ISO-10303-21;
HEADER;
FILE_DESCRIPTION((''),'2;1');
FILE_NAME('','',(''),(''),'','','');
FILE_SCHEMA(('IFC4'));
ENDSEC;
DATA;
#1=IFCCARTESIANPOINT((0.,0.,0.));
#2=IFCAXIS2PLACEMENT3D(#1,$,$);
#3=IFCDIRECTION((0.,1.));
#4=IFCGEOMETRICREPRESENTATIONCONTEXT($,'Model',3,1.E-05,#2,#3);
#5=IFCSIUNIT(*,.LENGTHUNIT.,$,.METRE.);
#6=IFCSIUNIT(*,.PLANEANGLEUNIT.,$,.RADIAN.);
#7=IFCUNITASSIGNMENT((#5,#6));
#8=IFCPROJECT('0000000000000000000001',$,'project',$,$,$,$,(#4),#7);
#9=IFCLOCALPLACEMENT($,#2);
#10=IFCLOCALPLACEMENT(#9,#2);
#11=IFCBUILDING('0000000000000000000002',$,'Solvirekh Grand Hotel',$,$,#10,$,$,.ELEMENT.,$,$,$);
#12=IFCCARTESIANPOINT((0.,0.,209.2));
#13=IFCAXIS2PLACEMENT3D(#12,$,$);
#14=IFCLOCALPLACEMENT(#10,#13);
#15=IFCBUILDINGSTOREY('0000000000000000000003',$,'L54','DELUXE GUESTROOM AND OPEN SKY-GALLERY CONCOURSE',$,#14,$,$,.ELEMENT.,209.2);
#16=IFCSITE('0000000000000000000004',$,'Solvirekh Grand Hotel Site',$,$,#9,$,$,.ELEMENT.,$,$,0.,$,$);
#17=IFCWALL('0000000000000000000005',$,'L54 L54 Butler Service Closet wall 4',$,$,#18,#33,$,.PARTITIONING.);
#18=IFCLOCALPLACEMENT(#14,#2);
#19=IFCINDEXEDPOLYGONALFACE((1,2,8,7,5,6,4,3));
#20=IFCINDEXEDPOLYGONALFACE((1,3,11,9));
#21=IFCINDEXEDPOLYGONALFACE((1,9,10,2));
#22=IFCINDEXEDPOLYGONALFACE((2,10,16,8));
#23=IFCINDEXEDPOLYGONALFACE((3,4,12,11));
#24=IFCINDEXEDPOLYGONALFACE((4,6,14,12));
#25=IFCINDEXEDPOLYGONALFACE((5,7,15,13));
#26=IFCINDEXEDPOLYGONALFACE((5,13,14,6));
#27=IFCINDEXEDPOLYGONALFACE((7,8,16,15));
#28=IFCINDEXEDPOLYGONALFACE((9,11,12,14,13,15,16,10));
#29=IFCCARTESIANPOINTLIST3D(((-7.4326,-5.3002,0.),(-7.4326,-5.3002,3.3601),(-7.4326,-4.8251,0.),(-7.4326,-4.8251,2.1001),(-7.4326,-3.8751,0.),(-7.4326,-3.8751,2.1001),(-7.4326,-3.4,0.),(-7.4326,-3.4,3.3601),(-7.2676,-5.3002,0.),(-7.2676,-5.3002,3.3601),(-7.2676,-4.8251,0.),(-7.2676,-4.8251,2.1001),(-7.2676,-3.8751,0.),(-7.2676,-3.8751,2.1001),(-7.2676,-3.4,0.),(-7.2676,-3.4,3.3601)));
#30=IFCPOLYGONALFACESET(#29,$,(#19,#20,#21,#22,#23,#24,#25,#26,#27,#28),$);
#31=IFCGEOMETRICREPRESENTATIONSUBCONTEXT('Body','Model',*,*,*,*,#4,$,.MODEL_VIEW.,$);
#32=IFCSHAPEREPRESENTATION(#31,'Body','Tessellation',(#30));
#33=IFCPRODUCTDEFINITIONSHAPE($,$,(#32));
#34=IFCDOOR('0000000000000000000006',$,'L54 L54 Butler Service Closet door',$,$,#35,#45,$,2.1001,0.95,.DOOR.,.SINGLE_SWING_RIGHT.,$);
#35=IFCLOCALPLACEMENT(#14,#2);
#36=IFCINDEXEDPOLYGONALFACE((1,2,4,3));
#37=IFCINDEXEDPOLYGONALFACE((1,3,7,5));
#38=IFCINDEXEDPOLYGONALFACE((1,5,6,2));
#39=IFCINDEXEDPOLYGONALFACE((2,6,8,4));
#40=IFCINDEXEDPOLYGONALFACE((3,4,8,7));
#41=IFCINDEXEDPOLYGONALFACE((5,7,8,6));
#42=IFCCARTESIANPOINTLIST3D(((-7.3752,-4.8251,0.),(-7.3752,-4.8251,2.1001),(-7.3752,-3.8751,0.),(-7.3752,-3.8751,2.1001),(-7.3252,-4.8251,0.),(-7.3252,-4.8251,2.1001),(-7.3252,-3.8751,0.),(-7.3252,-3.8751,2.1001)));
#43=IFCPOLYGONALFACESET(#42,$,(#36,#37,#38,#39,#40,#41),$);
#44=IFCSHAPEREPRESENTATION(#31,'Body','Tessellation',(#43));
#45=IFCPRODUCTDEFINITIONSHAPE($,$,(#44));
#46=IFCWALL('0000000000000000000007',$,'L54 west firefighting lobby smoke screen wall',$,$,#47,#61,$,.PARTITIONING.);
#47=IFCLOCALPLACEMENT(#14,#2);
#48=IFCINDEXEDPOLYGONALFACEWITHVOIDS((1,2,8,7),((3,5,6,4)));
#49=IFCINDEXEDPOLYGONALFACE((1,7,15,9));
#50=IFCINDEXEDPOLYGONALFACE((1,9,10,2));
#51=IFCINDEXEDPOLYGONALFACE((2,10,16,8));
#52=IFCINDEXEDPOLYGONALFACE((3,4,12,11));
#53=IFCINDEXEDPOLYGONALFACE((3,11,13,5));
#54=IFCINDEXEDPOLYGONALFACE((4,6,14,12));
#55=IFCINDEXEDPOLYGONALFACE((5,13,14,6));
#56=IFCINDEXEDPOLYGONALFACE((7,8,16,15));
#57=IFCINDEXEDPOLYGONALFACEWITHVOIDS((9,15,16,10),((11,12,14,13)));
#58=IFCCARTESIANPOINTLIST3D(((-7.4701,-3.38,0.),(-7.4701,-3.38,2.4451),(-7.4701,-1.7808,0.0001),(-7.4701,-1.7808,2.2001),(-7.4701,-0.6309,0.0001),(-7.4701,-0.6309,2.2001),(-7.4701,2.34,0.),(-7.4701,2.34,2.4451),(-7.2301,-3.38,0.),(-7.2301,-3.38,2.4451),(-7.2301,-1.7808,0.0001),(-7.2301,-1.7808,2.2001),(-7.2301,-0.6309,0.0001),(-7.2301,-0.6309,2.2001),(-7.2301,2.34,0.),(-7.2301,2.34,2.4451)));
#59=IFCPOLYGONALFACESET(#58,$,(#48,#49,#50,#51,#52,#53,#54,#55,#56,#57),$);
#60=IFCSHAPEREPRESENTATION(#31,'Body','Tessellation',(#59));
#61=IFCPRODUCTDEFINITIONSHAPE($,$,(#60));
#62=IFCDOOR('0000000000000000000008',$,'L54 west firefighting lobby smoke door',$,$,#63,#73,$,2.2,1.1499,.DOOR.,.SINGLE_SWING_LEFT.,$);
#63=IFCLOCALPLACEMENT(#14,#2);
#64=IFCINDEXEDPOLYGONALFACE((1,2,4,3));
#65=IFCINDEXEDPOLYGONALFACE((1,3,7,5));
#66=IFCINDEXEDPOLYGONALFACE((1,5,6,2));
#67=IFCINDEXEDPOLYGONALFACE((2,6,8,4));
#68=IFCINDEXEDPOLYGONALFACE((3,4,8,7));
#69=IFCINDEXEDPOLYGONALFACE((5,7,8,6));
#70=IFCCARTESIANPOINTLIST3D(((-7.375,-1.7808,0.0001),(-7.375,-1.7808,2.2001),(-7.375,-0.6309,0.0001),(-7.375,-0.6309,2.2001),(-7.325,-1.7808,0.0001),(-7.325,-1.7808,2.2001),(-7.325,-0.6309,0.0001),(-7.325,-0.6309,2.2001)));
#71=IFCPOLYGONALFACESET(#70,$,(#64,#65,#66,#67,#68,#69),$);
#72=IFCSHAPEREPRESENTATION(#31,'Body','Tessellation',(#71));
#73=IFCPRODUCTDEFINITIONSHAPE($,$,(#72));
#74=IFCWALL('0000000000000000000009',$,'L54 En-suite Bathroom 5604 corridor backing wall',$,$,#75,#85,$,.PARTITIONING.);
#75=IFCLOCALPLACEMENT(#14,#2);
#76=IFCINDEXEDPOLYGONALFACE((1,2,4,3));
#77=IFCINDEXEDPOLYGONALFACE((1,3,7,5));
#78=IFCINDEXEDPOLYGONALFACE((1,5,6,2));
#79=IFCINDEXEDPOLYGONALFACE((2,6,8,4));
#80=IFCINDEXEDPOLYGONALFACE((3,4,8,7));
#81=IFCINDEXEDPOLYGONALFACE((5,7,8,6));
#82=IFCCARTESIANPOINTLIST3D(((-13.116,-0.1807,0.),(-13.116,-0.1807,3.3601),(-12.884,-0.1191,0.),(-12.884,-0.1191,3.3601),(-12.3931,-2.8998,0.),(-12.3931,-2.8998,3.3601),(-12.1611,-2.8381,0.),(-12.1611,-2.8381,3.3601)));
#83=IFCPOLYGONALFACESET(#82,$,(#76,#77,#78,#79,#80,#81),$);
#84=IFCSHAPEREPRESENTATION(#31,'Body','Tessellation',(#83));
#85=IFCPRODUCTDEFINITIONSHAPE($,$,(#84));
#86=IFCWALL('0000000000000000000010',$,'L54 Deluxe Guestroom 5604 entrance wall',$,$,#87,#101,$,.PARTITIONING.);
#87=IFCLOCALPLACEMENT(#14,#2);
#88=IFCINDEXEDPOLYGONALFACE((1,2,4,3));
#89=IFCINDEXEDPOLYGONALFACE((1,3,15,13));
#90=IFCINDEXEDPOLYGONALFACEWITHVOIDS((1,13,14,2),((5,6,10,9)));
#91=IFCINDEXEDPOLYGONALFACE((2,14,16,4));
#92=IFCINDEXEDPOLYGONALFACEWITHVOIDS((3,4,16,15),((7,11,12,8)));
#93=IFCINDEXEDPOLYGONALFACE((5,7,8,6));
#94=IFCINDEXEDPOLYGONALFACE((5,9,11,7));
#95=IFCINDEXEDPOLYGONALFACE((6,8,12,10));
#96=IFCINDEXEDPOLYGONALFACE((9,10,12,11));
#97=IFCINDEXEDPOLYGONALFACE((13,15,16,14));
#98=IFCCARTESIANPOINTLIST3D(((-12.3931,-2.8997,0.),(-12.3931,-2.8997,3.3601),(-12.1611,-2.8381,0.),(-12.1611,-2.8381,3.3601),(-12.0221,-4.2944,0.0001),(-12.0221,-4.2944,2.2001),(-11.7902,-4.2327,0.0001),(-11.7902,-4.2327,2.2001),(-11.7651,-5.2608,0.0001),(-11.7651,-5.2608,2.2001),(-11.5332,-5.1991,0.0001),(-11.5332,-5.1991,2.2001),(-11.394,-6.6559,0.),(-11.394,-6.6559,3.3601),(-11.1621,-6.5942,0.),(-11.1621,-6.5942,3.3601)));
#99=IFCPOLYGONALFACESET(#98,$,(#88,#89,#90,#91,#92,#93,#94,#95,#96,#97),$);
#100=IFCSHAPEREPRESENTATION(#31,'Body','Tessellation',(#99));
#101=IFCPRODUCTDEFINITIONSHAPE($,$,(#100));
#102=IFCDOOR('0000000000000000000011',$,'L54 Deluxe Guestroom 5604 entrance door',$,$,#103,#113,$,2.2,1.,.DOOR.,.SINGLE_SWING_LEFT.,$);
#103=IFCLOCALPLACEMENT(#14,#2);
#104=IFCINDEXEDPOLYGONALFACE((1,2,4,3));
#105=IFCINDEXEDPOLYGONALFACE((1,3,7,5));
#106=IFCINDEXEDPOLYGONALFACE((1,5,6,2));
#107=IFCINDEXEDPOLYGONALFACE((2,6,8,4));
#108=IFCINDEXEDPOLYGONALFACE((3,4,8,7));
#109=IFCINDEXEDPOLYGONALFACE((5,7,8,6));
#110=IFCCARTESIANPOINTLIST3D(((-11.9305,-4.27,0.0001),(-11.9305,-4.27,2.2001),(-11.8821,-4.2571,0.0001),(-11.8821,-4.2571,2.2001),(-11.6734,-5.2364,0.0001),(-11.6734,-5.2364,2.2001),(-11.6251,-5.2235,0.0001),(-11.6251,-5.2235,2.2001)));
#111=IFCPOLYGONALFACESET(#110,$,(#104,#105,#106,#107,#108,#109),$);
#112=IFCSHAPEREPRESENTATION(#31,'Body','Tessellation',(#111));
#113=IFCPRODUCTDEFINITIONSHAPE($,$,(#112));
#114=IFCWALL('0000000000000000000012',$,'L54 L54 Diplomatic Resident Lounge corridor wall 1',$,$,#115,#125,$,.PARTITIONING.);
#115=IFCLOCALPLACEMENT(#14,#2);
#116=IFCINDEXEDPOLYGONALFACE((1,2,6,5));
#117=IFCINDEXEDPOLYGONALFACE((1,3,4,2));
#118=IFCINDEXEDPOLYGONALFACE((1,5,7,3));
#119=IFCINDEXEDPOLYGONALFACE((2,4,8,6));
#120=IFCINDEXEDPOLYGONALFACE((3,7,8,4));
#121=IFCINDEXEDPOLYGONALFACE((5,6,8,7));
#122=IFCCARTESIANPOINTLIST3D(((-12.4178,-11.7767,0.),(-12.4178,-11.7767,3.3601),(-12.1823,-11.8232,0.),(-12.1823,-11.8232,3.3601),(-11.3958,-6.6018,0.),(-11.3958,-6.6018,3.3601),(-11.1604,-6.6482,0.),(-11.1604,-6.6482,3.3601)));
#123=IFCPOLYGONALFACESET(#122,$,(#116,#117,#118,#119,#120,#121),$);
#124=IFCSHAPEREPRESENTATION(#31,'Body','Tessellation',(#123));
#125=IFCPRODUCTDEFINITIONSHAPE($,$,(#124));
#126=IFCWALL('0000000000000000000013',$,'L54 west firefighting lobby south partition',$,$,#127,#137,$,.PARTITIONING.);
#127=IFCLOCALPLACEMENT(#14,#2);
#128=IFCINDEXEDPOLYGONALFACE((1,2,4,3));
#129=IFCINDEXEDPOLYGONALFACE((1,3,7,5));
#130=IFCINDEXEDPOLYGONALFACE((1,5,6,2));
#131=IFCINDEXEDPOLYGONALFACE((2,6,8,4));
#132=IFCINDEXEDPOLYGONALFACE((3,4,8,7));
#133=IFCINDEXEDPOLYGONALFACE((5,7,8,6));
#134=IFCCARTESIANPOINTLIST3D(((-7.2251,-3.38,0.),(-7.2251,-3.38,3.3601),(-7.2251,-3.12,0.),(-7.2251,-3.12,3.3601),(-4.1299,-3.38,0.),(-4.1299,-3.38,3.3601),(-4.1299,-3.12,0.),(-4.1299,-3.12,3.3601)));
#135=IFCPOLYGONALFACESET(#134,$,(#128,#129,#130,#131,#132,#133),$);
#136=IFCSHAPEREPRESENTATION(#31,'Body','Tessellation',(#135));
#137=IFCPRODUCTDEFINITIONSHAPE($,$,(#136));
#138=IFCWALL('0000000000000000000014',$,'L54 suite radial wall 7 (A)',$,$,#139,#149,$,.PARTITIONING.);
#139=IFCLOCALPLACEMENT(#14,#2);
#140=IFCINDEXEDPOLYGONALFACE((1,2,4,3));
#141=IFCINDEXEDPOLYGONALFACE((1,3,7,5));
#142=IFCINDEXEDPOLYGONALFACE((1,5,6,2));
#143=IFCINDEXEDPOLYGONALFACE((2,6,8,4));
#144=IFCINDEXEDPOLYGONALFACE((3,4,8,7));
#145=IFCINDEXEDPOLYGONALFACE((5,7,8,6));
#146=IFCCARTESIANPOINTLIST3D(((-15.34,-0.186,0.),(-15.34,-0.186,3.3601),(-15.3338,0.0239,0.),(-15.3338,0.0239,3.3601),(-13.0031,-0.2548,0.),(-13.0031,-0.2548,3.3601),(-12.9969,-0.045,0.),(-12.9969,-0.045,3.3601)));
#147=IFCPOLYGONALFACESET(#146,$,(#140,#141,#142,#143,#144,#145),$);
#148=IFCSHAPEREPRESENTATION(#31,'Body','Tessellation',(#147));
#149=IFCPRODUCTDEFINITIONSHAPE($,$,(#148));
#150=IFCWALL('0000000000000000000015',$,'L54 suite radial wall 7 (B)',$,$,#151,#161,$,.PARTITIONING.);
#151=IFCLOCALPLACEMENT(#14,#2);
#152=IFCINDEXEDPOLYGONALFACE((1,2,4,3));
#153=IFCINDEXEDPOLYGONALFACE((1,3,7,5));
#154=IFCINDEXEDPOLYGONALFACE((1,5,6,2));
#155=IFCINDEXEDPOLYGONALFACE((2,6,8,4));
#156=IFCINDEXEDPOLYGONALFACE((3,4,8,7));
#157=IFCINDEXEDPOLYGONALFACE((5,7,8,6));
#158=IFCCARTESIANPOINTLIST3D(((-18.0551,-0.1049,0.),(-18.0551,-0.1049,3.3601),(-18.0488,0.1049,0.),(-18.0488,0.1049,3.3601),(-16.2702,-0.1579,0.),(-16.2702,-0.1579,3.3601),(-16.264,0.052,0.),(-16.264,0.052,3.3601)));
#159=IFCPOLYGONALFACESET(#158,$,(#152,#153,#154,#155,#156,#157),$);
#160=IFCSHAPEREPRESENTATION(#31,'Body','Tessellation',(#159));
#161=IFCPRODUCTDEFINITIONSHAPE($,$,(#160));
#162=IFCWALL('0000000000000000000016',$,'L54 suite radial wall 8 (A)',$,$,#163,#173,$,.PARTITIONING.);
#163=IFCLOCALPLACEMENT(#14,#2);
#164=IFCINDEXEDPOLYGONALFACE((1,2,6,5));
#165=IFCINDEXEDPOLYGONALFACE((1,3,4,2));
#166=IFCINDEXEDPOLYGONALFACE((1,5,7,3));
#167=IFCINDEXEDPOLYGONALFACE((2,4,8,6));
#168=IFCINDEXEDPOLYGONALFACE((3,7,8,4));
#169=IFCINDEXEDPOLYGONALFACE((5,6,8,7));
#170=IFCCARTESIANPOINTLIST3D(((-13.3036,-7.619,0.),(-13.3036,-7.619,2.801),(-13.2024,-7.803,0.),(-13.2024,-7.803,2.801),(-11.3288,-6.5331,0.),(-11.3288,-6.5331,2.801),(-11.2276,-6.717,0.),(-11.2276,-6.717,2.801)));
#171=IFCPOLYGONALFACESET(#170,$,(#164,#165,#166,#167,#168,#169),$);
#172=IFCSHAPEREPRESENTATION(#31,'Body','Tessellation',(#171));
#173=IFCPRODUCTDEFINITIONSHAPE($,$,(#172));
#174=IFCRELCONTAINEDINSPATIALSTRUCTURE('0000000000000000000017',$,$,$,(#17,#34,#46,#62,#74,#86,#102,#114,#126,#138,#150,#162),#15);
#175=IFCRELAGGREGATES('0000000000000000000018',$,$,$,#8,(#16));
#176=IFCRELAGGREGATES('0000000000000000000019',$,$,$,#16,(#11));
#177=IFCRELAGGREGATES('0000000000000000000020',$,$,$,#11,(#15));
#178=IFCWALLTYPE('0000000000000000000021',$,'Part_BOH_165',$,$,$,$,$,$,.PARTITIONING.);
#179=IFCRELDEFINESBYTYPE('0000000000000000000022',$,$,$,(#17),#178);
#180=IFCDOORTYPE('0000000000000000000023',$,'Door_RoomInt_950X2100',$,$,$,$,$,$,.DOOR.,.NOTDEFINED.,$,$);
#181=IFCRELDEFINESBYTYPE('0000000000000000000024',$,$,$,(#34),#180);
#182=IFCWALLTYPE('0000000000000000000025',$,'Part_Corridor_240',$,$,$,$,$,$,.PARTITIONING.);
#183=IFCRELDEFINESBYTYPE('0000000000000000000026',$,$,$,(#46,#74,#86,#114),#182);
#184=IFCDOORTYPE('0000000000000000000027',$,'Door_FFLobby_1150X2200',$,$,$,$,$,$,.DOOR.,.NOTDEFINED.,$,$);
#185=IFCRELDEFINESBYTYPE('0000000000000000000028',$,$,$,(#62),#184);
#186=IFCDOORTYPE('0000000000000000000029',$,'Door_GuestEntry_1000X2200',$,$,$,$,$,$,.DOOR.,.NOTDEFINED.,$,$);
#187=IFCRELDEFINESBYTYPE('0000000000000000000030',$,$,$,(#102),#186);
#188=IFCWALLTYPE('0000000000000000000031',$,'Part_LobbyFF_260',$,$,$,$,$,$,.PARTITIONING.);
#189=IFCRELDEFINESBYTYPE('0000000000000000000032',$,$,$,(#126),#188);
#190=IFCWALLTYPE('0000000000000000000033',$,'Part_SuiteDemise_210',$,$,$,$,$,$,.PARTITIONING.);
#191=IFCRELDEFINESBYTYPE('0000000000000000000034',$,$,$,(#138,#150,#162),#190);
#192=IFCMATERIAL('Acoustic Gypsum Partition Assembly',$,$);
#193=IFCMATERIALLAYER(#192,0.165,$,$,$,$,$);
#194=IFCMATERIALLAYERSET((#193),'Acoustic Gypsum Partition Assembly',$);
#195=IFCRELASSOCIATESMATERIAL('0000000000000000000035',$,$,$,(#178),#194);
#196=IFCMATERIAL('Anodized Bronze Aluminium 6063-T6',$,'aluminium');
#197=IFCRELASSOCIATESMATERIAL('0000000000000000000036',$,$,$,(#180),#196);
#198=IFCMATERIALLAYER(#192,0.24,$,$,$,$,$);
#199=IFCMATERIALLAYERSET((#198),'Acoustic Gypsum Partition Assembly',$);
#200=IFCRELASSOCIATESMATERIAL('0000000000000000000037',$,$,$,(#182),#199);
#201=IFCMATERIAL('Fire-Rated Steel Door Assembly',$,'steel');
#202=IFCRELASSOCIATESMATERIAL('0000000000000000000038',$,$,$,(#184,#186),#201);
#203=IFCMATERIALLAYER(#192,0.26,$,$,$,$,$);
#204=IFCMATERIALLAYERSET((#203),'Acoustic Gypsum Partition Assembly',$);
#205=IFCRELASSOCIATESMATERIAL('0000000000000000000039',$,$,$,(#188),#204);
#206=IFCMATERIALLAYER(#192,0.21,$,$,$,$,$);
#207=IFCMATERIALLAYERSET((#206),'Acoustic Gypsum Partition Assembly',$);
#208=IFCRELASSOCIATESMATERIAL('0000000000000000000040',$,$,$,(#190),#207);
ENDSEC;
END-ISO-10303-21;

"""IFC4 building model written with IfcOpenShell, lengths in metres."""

from ifc_helpers import new_model, si_unit, direction, frame, frame_2d, origin, place, context, subcontext, project, spatial, rectangle, extrude, material, layer, layer_set, type_object, element, fill, save


model = new_model("IFC4")

# Units and contexts
model_context = context("Model", 3, precision=1e-05, world=origin(), true_north=direction((0.0, 1.0)))
body_context = subcontext(model_context, "Body", "Model", "MODEL_VIEW")
ifc_project = project(units=[si_unit("LENGTHUNIT", "METRE"), si_unit("PLANEANGLEUNIT", "RADIAN")], contexts=[model_context])

# Site, building, storey
site_placement = place(None, origin())
site = spatial("IfcSite", under=ifc_project, at=site_placement, Name="Solvirekh Grand Hotel Site", CompositionType="ELEMENT", RefElevation=0.0)
building_placement = place(site_placement, origin())
building = spatial("IfcBuilding", under=site, at=building_placement, Name="Solvirekh Grand Hotel", CompositionType="ELEMENT")
storey_placement = place(building_placement, frame((0.0, 0.0, 209.2)))
storey = spatial("IfcBuildingStorey", under=building, at=storey_placement, Name="L54", Description="DELUXE GUESTROOM AND OPEN SKY-GALLERY CONCOURSE", CompositionType="ELEMENT", Elevation=209.2)

# Shared definitions
ifc_material_1 = material(Name="Acoustic Gypsum Partition Assembly")
ifc_layer_1 = layer(ifc_material_1, 0.165)
ifc_layer_set_1 = layer_set([ifc_layer_1], Name="Acoustic Gypsum Partition Assembly")
wall_type_1 = type_object("IfcWallType", Name="Part_BOH_165", PredefinedType="PARTITIONING", material=ifc_layer_set_1)

# Walls, openings, doors
wall_1_placement = place(storey_placement, frame((-7.3501, -3.3999, 0.0), z_axis=(0.0, 0.0, 1.0), x_axis=(0.0, -1.0, 0.0)))
wall_1 = element("IfcWall", 1, at=wall_1_placement, inside=storey, type_object=wall_type_1, Name="L54 L54 Butler Service Closet wall 4", PredefinedType="PARTITIONING", context=body_context, shape_type="SweptSolid", body=[
    extrude(rectangle(XDim=1.9001, YDim=0.165, at=frame_2d((0.9502, 0.0))), origin(), (0.0, 0.0, 1.0), 3.3601),
])
opening_1_placement = place(wall_1_placement, frame((0.4751, 0.0, 0.0)))
opening_1 = element("IfcOpeningElement", 2, at=opening_1_placement, cuts=wall_1, PredefinedType="OPENING", context=body_context, shape_type="SweptSolid", body=[
    extrude(rectangle(XDim=0.95, YDim=2.1001, at=frame_2d((0.4751, 1.05))), frame((0.0, 0.0925, 0.0), z_axis=(0.0, -1.0, 0.0), x_axis=(1.0, 0.0, 0.0)), (0.0, 0.0, 1.0), 0.1851),
])
ifc_material_2 = material(Name="Anodized Bronze Aluminium 6063-T6", Category="aluminium")
door_type_1 = type_object("IfcDoorType", Name="Door_RoomInt_950X2100", OperationType="NOTDEFINED", PredefinedType="DOOR", material=ifc_material_2)
door_1_placement = place(opening_1_placement, origin())
door_1 = element("IfcDoor", 3, at=door_1_placement, inside=storey, type_object=door_type_1, Name="L54 L54 Butler Service Closet door", OperationType="SINGLE_SWING_RIGHT", OverallHeight=2.1001, OverallWidth=0.95, PredefinedType="DOOR", context=body_context, shape_type="SweptSolid", body=[
    extrude(rectangle(XDim=0.95, YDim=2.1001, at=frame_2d((0.4751, 1.05))), frame((0.0, 0.0249, 0.0), z_axis=(0.0, -1.0, 0.0), x_axis=(1.0, 0.0, 0.0)), (0.0, 0.0, 1.0), 0.05),
])
fill(opening_1, door_1)
ifc_layer_2 = layer(ifc_material_1, 0.24)
ifc_layer_set_2 = layer_set([ifc_layer_2], Name="Acoustic Gypsum Partition Assembly")
wall_type_2 = type_object("IfcWallType", Name="Part_Corridor_240", PredefinedType="PARTITIONING", material=ifc_layer_set_2)
wall_2_placement = place(storey_placement, frame((-7.3501, -3.3799, 0.0), z_axis=(0.0, 0.0, 1.0), x_axis=(0.0, 1.0, 0.0)))
wall_2 = element("IfcWall", 4, at=wall_2_placement, inside=storey, type_object=wall_type_2, Name="L54 west firefighting lobby smoke screen wall", PredefinedType="PARTITIONING", context=body_context, shape_type="SweptSolid", body=[
    extrude(rectangle(XDim=5.72, YDim=0.24, at=frame_2d((2.8599, 0.0))), origin(), (0.0, 0.0, 1.0), 2.4451),
])
opening_2_placement = place(wall_2_placement, frame((1.5991, 0.0, 0.0)))
opening_2 = element("IfcOpeningElement", 5, at=opening_2_placement, cuts=wall_2, PredefinedType="OPENING", context=body_context, shape_type="SweptSolid", body=[
    extrude(rectangle(XDim=1.1499, YDim=2.2, at=frame_2d((0.575, 1.1001))), frame((0.0, 0.1299, 0.0), z_axis=(0.0, -1.0, 0.0), x_axis=(1.0, 0.0, 0.0)), (0.0, 0.0, 1.0), 0.26),
])
ifc_material_3 = material(Name="Fire-Rated Steel Door Assembly", Category="steel")
door_type_2 = type_object("IfcDoorType", Name="Door_FFLobby_1150X2200", OperationType="NOTDEFINED", PredefinedType="DOOR", material=ifc_material_3)
door_2_placement = place(opening_2_placement, origin())
door_2 = element("IfcDoor", 6, at=door_2_placement, inside=storey, type_object=door_type_2, Name="L54 west firefighting lobby smoke door", OperationType="SINGLE_SWING_LEFT", OverallHeight=2.2, OverallWidth=1.1499, PredefinedType="DOOR", context=body_context, shape_type="SweptSolid", body=[
    extrude(rectangle(XDim=1.1499, YDim=2.2, at=frame_2d((0.575, 1.1001))), frame((0.0, 0.0249, 0.0), z_axis=(0.0, -1.0, 0.0), x_axis=(1.0, 0.0, 0.0)), (0.0, 0.0, 1.0), 0.05),
])
fill(opening_2, door_2)

# Wall
wall_3_placement = place(storey_placement, frame((-13.0, -0.1499, 0.0), z_axis=(0.0, 0.0, 1.0), x_axis=(0.256944, -0.966426, 0.0)))
element("IfcWall", 7, at=wall_3_placement, inside=storey, type_object=wall_type_2, Name="L54 En-suite Bathroom 5604 corridor backing wall", PredefinedType="PARTITIONING", context=body_context, shape_type="SweptSolid", body=[
    extrude(rectangle(XDim=2.8135, YDim=0.24, at=frame_2d((1.4067, 0.0))), origin(), (0.0, 0.0, 1.0), 3.3601),
])

# Wall, opening, door
wall_4_placement = place(storey_placement, frame((-12.2771, -2.8689, 0.0), z_axis=(0.0, 0.0, 1.0), x_axis=(0.257037, -0.966402, 0.0)))
wall_4 = element("IfcWall", 8, at=wall_4_placement, inside=storey, type_object=wall_type_2, Name="L54 Deluxe Guestroom 5604 entrance wall", PredefinedType="PARTITIONING", context=body_context, shape_type="SweptSolid", body=[
    extrude(rectangle(XDim=3.8867, YDim=0.24, at=frame_2d((1.9434, 0.0))), origin(), (0.0, 0.0, 1.0), 3.3601),
])
opening_3_placement = place(wall_4_placement, frame((1.4431, 0.0, 0.0)))
opening_3 = element("IfcOpeningElement", 9, at=opening_3_placement, cuts=wall_4, PredefinedType="OPENING", context=body_context, shape_type="SweptSolid", body=[
    extrude(rectangle(XDim=1.0, YDim=2.2, at=frame_2d((0.5, 1.1001))), frame((0.0, 0.1299, 0.0), z_axis=(0.0, -1.0, 0.0), x_axis=(1.0, 0.0, 0.0)), (0.0, 0.0, 1.0), 0.26),
])
door_type_3 = type_object("IfcDoorType", Name="Door_GuestEntry_1000X2200", OperationType="NOTDEFINED", PredefinedType="DOOR", material=ifc_material_3)
door_3_placement = place(opening_3_placement, origin())
door_3 = element("IfcDoor", 10, at=door_3_placement, inside=storey, type_object=door_type_3, Name="L54 Deluxe Guestroom 5604 entrance door", OperationType="SINGLE_SWING_LEFT", OverallHeight=2.2, OverallWidth=1.0, PredefinedType="DOOR", context=body_context, shape_type="SweptSolid", body=[
    extrude(rectangle(XDim=1.0, YDim=2.2, at=frame_2d((0.5, 1.1001))), frame((0.0, 0.0249, 0.0), z_axis=(0.0, -1.0, 0.0), x_axis=(1.0, 0.0, 0.0)), (0.0, 0.0, 1.0), 0.05),
])
fill(opening_3, door_3)

# Walls
wall_5_placement = place(storey_placement, frame((-11.2781, -6.625, 0.0), z_axis=(0.0, 0.0, 1.0), x_axis=(-0.193739, -0.981053, 0.0)))
element("IfcWall", 11, at=wall_5_placement, inside=storey, type_object=wall_type_2, Name="L54 L54 Diplomatic Resident Lounge corridor wall 1", PredefinedType="PARTITIONING", context=body_context, shape_type="SweptSolid", body=[
    extrude(rectangle(XDim=5.2749, YDim=0.24, at=frame_2d((2.6375, 0.0))), origin(), (0.0, 0.0, 1.0), 3.3601),
])
ifc_layer_3 = layer(ifc_material_1, 0.26)
ifc_layer_set_3 = layer_set([ifc_layer_3], Name="Acoustic Gypsum Partition Assembly")
wall_type_3 = type_object("IfcWallType", Name="Part_LobbyFF_260", PredefinedType="PARTITIONING", material=ifc_layer_set_3)
wall_6_placement = place(storey_placement, frame((-7.2251, -3.25, 0.0), z_axis=(0.0, 0.0, 1.0), x_axis=(1.0, 0.0, 0.0)))
element("IfcWall", 12, at=wall_6_placement, inside=storey, type_object=wall_type_3, Name="L54 west firefighting lobby south partition", PredefinedType="PARTITIONING", context=body_context, shape_type="SweptSolid", body=[
    extrude(rectangle(XDim=3.0952, YDim=0.26, at=frame_2d((1.5476, 0.0))), origin(), (0.0, 0.0, 1.0), 3.3601),
])
ifc_layer_4 = layer(ifc_material_1, 0.21)
ifc_layer_set_4 = layer_set([ifc_layer_4], Name="Acoustic Gypsum Partition Assembly")
wall_type_4 = type_object("IfcWallType", Name="Part_SuiteDemise_210", PredefinedType="PARTITIONING", material=ifc_layer_set_4)
wall_7_placement = place(storey_placement, frame((-13.0, -0.1499, 0.0), z_axis=(0.0, 0.0, 1.0), x_axis=(-0.999566, 0.029448, 0.0)))
element("IfcWall", 13, at=wall_7_placement, inside=storey, type_object=wall_type_4, Name="L54 suite radial wall 7 (A)", PredefinedType="PARTITIONING", context=body_context, shape_type="SweptSolid", body=[
    extrude(rectangle(XDim=2.3379, YDim=0.21, at=frame_2d((1.1689, 0.0))), origin(), (0.0, 0.0, 1.0), 3.3601),
])
wall_8_placement = place(storey_placement, frame((-16.2671, -0.053, 0.0), z_axis=(0.0, 0.0, 1.0), x_axis=(-0.99956, 0.029668, 0.0)))
element("IfcWall", 14, at=wall_8_placement, inside=storey, type_object=wall_type_4, Name="L54 suite radial wall 7 (B)", PredefinedType="PARTITIONING", context=body_context, shape_type="SweptSolid", body=[
    extrude(rectangle(XDim=1.7856, YDim=0.21, at=frame_2d((0.8928, 0.0))), origin(), (0.0, 0.0, 1.0), 3.3601),
])
wall_9_placement = place(storey_placement, frame((-11.2781, -6.625, 0.0), z_axis=(0.0, 0.0, 1.0), x_axis=(-0.876259, -0.48184, 0.0)))
element("IfcWall", 15, at=wall_9_placement, inside=storey, type_object=wall_type_4, Name="L54 suite radial wall 8 (A)", PredefinedType="PARTITIONING", context=body_context, shape_type="SweptSolid", body=[
    extrude(rectangle(XDim=2.2537, YDim=0.21, at=frame_2d((1.127, 0.0))), origin(), (0.0, 0.0, 1.0), 2.801),
])

save(model, "model.ifc")
